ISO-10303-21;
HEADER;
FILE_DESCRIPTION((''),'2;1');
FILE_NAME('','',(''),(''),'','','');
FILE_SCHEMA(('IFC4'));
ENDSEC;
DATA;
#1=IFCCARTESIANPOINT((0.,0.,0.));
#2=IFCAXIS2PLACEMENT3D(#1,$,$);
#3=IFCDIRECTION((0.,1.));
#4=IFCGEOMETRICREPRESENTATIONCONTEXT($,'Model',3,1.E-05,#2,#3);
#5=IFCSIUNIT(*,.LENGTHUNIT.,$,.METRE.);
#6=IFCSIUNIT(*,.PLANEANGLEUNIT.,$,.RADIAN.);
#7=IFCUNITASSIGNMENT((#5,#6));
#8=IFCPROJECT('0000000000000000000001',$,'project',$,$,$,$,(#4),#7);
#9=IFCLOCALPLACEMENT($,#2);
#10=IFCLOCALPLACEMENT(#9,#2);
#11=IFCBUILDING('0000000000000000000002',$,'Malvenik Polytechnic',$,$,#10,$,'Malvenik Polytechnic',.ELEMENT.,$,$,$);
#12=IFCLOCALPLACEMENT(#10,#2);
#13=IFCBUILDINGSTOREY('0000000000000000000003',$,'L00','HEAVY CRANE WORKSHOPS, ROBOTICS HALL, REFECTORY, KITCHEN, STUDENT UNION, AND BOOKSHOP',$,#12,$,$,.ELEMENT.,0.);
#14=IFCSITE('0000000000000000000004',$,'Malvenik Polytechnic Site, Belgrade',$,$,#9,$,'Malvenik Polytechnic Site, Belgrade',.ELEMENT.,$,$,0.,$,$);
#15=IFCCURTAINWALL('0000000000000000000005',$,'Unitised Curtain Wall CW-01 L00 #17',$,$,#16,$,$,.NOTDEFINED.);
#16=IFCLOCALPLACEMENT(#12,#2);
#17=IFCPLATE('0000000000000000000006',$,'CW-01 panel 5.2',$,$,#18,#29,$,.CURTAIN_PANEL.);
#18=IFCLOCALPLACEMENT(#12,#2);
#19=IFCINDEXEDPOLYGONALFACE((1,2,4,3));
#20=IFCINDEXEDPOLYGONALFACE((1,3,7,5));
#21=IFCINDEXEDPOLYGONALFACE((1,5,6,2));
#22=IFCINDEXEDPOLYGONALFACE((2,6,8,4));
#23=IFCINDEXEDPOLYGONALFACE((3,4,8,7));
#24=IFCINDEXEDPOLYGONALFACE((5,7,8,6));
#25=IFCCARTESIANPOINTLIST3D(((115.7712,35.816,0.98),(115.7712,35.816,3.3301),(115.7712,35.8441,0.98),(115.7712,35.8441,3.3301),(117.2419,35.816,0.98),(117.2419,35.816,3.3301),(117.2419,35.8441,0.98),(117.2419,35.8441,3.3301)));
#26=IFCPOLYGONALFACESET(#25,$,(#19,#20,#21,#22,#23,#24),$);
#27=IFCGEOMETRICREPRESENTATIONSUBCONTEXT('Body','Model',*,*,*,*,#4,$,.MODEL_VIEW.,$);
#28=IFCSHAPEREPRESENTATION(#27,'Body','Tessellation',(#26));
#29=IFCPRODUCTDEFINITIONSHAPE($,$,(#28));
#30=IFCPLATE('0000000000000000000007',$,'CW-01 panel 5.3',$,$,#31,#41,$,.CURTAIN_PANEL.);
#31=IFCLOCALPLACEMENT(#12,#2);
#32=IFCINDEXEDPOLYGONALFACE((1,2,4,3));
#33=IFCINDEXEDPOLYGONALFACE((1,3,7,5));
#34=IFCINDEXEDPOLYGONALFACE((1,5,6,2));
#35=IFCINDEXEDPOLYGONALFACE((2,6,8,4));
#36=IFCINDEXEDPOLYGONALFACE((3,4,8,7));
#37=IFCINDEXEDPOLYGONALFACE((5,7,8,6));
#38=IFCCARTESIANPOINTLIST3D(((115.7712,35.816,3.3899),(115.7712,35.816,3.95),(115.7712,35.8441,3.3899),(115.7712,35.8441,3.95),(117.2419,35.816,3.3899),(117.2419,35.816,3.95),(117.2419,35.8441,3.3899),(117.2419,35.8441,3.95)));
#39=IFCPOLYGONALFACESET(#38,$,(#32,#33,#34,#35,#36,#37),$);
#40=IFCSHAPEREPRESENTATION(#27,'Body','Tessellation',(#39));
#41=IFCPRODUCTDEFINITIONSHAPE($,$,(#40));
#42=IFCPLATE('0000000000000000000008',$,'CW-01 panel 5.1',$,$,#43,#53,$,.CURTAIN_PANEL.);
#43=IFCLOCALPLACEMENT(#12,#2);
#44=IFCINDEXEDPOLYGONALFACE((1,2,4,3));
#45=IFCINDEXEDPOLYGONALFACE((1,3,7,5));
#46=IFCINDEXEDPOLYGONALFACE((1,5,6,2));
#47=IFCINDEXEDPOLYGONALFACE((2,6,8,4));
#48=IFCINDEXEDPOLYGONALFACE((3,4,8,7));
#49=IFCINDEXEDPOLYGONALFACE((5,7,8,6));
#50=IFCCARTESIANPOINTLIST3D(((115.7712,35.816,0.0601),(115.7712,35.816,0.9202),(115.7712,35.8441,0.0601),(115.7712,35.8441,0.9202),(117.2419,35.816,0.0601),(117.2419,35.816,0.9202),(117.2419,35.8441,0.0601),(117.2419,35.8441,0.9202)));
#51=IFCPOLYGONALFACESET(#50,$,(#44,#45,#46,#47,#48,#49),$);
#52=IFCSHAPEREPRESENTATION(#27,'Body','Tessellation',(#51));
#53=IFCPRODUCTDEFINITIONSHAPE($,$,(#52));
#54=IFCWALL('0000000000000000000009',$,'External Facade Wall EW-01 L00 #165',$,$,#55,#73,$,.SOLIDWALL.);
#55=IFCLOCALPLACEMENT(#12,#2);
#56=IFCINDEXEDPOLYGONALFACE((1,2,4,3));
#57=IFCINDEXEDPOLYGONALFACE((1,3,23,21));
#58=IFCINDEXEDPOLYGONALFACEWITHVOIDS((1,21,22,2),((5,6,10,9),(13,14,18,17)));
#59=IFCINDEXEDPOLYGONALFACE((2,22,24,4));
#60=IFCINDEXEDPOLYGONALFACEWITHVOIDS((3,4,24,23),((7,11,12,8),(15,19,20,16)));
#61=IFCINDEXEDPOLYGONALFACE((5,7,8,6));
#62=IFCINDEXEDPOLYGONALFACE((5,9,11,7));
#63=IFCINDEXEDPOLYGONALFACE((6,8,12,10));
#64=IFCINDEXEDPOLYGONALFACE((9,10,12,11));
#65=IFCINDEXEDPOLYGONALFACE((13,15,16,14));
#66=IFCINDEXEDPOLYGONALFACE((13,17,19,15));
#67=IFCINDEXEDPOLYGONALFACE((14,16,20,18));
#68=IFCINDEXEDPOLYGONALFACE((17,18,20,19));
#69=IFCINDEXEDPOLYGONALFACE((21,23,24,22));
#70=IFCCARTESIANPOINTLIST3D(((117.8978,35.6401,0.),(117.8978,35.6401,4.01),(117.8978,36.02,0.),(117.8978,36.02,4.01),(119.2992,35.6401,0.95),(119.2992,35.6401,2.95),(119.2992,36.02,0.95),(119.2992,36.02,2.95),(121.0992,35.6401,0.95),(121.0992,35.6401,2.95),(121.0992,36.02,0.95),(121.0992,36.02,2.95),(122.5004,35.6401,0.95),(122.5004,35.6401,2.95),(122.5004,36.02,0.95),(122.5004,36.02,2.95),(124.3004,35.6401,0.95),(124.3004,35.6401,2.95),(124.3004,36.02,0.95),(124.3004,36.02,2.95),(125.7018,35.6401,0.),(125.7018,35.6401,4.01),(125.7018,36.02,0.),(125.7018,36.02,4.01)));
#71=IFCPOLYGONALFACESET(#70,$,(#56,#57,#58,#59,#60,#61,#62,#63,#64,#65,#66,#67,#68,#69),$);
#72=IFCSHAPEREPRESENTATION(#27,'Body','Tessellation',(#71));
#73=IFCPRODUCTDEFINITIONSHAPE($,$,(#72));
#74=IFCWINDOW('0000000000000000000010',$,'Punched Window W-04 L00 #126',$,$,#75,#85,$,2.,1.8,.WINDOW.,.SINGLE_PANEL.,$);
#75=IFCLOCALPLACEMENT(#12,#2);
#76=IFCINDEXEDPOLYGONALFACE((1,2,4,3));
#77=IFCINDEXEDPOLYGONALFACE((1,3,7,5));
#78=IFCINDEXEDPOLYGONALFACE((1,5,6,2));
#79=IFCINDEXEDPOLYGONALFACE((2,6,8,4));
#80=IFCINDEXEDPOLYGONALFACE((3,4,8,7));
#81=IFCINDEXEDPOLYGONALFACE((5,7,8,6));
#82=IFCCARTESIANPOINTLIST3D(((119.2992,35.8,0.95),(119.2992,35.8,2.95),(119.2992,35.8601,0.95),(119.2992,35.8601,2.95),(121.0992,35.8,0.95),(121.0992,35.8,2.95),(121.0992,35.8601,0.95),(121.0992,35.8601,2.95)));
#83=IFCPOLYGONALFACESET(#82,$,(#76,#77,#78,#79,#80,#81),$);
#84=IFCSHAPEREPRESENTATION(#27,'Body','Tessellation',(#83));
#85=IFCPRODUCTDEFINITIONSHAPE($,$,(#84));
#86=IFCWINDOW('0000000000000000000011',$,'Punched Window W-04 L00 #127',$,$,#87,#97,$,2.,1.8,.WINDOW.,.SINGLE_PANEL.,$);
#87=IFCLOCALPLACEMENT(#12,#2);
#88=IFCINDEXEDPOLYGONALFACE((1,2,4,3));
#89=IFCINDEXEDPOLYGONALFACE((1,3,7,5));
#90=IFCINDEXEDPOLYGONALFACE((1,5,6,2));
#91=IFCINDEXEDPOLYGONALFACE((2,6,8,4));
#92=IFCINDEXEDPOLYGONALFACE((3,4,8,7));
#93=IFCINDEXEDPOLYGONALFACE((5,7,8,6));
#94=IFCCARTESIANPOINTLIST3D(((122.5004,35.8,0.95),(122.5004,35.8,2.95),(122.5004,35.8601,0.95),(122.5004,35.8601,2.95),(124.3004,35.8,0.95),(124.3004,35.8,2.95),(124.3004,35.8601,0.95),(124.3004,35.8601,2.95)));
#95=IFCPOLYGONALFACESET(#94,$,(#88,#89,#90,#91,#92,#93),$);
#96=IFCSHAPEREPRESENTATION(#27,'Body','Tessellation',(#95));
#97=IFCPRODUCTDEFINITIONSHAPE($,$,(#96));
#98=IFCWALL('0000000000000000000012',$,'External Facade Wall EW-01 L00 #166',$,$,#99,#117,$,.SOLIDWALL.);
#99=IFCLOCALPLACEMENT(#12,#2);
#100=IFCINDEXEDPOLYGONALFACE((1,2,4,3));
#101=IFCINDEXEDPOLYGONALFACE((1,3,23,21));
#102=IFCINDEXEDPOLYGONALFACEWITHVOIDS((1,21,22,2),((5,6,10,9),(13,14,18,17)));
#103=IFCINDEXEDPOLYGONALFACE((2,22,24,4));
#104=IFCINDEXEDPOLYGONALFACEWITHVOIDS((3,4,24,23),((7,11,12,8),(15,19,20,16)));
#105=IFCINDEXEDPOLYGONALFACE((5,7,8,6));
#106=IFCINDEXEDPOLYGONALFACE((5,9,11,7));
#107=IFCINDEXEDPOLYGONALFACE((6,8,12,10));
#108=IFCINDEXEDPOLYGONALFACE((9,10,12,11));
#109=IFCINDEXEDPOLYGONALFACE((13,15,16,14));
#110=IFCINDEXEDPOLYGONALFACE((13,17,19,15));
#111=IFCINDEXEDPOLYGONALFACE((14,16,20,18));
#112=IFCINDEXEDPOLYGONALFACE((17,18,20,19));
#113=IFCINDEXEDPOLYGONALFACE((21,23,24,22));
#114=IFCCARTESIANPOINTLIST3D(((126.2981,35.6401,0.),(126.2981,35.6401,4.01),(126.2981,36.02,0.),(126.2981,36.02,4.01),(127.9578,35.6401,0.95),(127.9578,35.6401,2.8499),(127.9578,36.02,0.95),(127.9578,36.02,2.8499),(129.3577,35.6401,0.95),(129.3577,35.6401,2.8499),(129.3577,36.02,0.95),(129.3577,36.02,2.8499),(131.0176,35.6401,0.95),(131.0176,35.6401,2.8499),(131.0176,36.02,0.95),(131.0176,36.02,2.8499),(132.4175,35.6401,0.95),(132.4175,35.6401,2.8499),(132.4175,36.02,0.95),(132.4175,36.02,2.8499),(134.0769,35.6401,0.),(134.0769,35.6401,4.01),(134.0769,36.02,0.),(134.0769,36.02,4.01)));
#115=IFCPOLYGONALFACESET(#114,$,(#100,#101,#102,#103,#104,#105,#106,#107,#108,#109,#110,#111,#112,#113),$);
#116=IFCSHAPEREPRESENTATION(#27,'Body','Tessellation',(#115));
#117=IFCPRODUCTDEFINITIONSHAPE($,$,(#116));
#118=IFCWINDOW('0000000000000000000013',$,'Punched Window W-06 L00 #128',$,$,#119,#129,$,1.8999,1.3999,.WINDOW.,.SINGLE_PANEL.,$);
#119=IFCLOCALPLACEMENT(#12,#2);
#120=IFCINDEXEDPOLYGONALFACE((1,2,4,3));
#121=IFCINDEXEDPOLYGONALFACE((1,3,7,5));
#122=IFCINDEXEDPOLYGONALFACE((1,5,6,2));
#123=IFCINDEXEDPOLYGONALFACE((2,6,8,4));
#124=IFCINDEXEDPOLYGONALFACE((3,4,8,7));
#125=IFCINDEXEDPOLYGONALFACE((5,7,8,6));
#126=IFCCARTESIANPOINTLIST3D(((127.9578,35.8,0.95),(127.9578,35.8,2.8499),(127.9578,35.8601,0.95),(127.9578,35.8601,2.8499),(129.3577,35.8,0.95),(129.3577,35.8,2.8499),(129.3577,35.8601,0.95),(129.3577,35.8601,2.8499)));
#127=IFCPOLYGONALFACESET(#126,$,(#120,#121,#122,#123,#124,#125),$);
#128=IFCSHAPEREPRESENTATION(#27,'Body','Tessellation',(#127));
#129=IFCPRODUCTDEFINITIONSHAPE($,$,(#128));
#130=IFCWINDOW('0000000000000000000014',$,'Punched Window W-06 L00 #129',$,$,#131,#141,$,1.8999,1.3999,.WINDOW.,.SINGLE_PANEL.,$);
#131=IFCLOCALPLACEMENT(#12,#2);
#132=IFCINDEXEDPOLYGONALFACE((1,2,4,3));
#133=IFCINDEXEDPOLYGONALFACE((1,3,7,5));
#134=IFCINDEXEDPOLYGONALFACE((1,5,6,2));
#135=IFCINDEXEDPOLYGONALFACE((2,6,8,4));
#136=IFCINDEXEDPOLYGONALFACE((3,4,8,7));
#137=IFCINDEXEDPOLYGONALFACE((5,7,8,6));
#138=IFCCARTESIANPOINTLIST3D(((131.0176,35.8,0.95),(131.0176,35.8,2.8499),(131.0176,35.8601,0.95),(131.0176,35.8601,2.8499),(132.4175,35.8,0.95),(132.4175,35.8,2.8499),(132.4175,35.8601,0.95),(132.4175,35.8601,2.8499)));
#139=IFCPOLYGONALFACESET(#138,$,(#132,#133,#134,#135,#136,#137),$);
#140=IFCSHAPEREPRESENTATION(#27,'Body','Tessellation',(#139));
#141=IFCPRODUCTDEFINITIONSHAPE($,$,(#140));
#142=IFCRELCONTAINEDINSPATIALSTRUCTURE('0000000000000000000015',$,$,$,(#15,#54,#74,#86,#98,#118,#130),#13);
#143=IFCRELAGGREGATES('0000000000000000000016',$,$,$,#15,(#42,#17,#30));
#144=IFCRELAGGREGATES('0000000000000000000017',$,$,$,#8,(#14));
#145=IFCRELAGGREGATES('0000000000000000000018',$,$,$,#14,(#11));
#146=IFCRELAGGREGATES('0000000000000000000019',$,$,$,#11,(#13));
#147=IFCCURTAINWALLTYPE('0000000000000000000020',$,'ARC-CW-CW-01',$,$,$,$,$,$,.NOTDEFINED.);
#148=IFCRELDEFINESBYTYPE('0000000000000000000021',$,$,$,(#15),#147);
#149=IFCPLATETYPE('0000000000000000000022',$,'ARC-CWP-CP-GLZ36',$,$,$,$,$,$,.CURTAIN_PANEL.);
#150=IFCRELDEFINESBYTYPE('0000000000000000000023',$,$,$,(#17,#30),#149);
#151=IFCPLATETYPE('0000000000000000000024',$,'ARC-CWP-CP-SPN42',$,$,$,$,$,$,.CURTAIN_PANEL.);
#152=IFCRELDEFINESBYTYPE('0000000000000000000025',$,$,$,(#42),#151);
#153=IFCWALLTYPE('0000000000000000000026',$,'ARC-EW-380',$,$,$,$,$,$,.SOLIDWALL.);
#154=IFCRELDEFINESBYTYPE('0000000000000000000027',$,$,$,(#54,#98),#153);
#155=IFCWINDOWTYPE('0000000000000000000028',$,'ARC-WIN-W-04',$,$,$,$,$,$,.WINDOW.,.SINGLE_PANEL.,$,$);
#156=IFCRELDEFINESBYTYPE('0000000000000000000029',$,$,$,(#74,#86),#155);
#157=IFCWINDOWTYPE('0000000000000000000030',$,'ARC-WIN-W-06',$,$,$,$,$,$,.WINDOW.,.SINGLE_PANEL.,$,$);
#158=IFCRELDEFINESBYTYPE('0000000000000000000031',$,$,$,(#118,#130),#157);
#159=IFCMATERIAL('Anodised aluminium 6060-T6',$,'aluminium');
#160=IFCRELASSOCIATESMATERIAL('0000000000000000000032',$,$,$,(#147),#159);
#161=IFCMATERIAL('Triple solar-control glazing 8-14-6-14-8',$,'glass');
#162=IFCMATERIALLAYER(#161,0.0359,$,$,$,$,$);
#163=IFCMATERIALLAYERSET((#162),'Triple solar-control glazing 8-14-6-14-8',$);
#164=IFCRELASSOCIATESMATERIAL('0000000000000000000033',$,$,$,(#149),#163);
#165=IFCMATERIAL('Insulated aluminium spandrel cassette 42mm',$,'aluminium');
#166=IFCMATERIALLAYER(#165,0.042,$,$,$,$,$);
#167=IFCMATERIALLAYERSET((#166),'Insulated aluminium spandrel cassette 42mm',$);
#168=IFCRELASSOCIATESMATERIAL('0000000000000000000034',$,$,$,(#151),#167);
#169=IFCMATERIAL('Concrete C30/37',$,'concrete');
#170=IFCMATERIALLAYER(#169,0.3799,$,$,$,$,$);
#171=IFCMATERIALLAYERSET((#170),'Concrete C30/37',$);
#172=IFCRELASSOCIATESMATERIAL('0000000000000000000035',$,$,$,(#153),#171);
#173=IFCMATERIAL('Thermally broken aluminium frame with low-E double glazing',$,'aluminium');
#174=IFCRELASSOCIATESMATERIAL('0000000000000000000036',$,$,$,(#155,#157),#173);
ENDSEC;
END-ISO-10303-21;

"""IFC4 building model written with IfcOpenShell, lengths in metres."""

from ifc_helpers import new_model, si_unit, direction, frame, frame_2d, origin, origin_2d, place, context, subcontext, project, spatial, rectangle, extrude, material, layer, layer_set, type_object, element, fill, aggregate, save


model = new_model("IFC4")

# Units and contexts
model_context = context("Model", 3, precision=1e-05, world=origin(), true_north=direction((0.0, 1.0)))
body_context = subcontext(model_context, "Body", "Model", "MODEL_VIEW")
ifc_project = project(units=[si_unit("LENGTHUNIT", "METRE"), si_unit("PLANEANGLEUNIT", "RADIAN")], contexts=[model_context])

# Site, building, storey
site_placement = place(None, origin())
site = spatial("IfcSite", under=ifc_project, at=site_placement, Name="Malvenik Polytechnic Site, Belgrade", LongName="Malvenik Polytechnic Site, Belgrade", CompositionType="ELEMENT", RefElevation=0.0)
building_placement = place(site_placement, origin())
building = spatial("IfcBuilding", under=site, at=building_placement, Name="Malvenik Polytechnic", LongName="Malvenik Polytechnic", CompositionType="ELEMENT")
storey_placement = place(building_placement, origin())
storey = spatial("IfcBuildingStorey", under=building, at=storey_placement, Name="L00", Description="HEAVY CRANE WORKSHOPS, ROBOTICS HALL, REFECTORY, KITCHEN, STUDENT UNION, AND BOOKSHOP", CompositionType="ELEMENT", Elevation=0.0)

# Curtain wall
ifc_material_1 = material(Name="Anodised aluminium 6060-T6", Category="aluminium")
curtain_wall_type = type_object("IfcCurtainWallType", Name="ARC-CW-CW-01", PredefinedType="NOTDEFINED", material=ifc_material_1)
curtain_wall_placement = place(storey_placement, origin())
curtain_wall = element("IfcCurtainWall", 1, at=curtain_wall_placement, inside=storey, type_object=curtain_wall_type, Name="Unitised Curtain Wall CW-01 L00 #17", PredefinedType="NOTDEFINED")

# Plates
ifc_material_2 = material(Name="Triple solar-control glazing 8-14-6-14-8", Category="glass")
ifc_layer_1 = layer(ifc_material_2, 0.0359)
ifc_layer_set_1 = layer_set([ifc_layer_1], Name="Triple solar-control glazing 8-14-6-14-8")
plate_type_1 = type_object("IfcPlateType", Name="ARC-CWP-CP-GLZ36", PredefinedType="CURTAIN_PANEL", material=ifc_layer_set_1)
plate_1_placement = place(storey_placement, frame((116.5066, 35.8301, 0.98), z_axis=(0.0, 0.0, 1.0), x_axis=(1.0, 0.0, 0.0)))
plate_1 = element("IfcPlate", 2, at=plate_1_placement, type_object=plate_type_1, Name="CW-01 panel 5.2", PredefinedType="CURTAIN_PANEL", context=body_context, shape_type="SweptSolid", body=[
    extrude(rectangle(XDim=1.4707, YDim=0.0281, at=origin_2d()), origin(), (0.0, 0.0, 1.0), 2.3501),
])
plate_2_placement = place(storey_placement, frame((116.5066, 35.8301, 3.3899), z_axis=(0.0, 0.0, 1.0), x_axis=(1.0, 0.0, 0.0)))
plate_2 = element("IfcPlate", 3, at=plate_2_placement, type_object=plate_type_1, Name="CW-01 panel 5.3", PredefinedType="CURTAIN_PANEL", context=body_context, shape_type="SweptSolid", body=[
    extrude(rectangle(XDim=1.4707, YDim=0.0281, at=origin_2d()), origin(), (0.0, 0.0, 1.0), 0.5601),
])
ifc_material_3 = material(Name="Insulated aluminium spandrel cassette 42mm", Category="aluminium")
ifc_layer_2 = layer(ifc_material_3, 0.042)
ifc_layer_set_2 = layer_set([ifc_layer_2], Name="Insulated aluminium spandrel cassette 42mm")
plate_type_2 = type_object("IfcPlateType", Name="ARC-CWP-CP-SPN42", PredefinedType="CURTAIN_PANEL", material=ifc_layer_set_2)
plate_3_placement = place(storey_placement, frame((116.5066, 35.8301, 0.0601), z_axis=(0.0, 0.0, 1.0), x_axis=(1.0, 0.0, 0.0)))
plate_3 = element("IfcPlate", 4, at=plate_3_placement, type_object=plate_type_2, Name="CW-01 panel 5.1", PredefinedType="CURTAIN_PANEL", context=body_context, shape_type="SweptSolid", body=[
    extrude(rectangle(XDim=1.4707, YDim=0.0281, at=origin_2d()), origin(), (0.0, 0.0, 1.0), 0.8601),
])
aggregate(curtain_wall, [plate_3, plate_1, plate_2])

# Walls, openings, windows
ifc_material_4 = material(Name="Concrete C30/37", Category="concrete")
ifc_layer_3 = layer(ifc_material_4, 0.3799)
ifc_layer_set_3 = layer_set([ifc_layer_3], Name="Concrete C30/37")
wall_type = type_object("IfcWallType", Name="ARC-EW-380", PredefinedType="SOLIDWALL", material=ifc_layer_set_3)
wall_1_placement = place(storey_placement, frame((117.8979, 35.8301, 0.0), z_axis=(0.0, 0.0, 1.0), x_axis=(1.0, 0.0, 0.0)))
wall_1 = element("IfcWall", 5, at=wall_1_placement, inside=storey, type_object=wall_type, Name="External Facade Wall EW-01 L00 #165", PredefinedType="SOLIDWALL", context=body_context, shape_type="SweptSolid", body=[
    extrude(rectangle(XDim=7.804, YDim=0.3799, at=frame_2d((3.9019, 0.0))), origin(), (0.0, 0.0, 1.0), 4.01),
])
opening_1_placement = place(wall_1_placement, frame((1.4014, 0.0, 0.95)))
opening_1 = element("IfcOpeningElement", 6, at=opening_1_placement, cuts=wall_1, PredefinedType="OPENING", context=body_context, shape_type="SweptSolid", body=[
    extrude(rectangle(XDim=1.8, YDim=2.0, at=frame_2d((0.8999, 1.0))), frame((0.0, 0.2, 0.0), z_axis=(0.0, -1.0, 0.0), x_axis=(1.0, 0.0, 0.0)), (0.0, 0.0, 1.0), 0.3999),
])
opening_2_placement = place(wall_1_placement, frame((4.6025, 0.0, 0.95)))
opening_2 = element("IfcOpeningElement", 7, at=opening_2_placement, cuts=wall_1, PredefinedType="OPENING", context=body_context, shape_type="SweptSolid", body=[
    extrude(rectangle(XDim=1.8, YDim=2.0, at=frame_2d((0.8999, 1.0))), frame((0.0, 0.2, 0.0), z_axis=(0.0, -1.0, 0.0), x_axis=(1.0, 0.0, 0.0)), (0.0, 0.0, 1.0), 0.3999),
])
ifc_material_5 = material(Name="Thermally broken aluminium frame with low-E double glazing", Category="aluminium")
window_type_1 = type_object("IfcWindowType", Name="ARC-WIN-W-04", PartitioningType="SINGLE_PANEL", PredefinedType="WINDOW", material=ifc_material_5)
window_1_placement = place(opening_1_placement, origin())
window_1 = element("IfcWindow", 8, at=window_1_placement, inside=storey, type_object=window_type_1, Name="Punched Window W-04 L00 #126", OverallHeight=2.0, OverallWidth=1.8, PartitioningType="SINGLE_PANEL", PredefinedType="WINDOW", context=body_context, shape_type="SweptSolid", body=[
    extrude(rectangle(XDim=1.8, YDim=2.0, at=frame_2d((0.8999, 1.0))), frame((0.0, 0.03, 0.0), z_axis=(0.0, -1.0, 0.0), x_axis=(1.0, 0.0, 0.0)), (0.0, 0.0, 1.0), 0.0601),
])
fill(opening_1, window_1)
window_2_placement = place(opening_2_placement, origin())
window_2 = element("IfcWindow", 9, at=window_2_placement, inside=storey, type_object=window_type_1, Name="Punched Window W-04 L00 #127", OverallHeight=2.0, OverallWidth=1.8, PartitioningType="SINGLE_PANEL", PredefinedType="WINDOW", context=body_context, shape_type="SweptSolid", body=[
    extrude(rectangle(XDim=1.8, YDim=2.0, at=frame_2d((0.8999, 1.0))), frame((0.0, 0.03, 0.0), z_axis=(0.0, -1.0, 0.0), x_axis=(1.0, 0.0, 0.0)), (0.0, 0.0, 1.0), 0.0601),
])
fill(opening_2, window_2)
wall_2_placement = place(storey_placement, frame((126.2981, 35.8301, 0.0), z_axis=(0.0, 0.0, 1.0), x_axis=(1.0, 0.0, 0.0)))
wall_2 = element("IfcWall", 10, at=wall_2_placement, inside=storey, type_object=wall_type, Name="External Facade Wall EW-01 L00 #166", PredefinedType="SOLIDWALL", context=body_context, shape_type="SweptSolid", body=[
    extrude(rectangle(XDim=7.7788, YDim=0.3799, at=frame_2d((3.8894, 0.0))), origin(), (0.0, 0.0, 1.0), 4.01),
])
opening_3_placement = place(wall_2_placement, frame((1.6597, 0.0, 0.95)))
opening_3 = element("IfcOpeningElement", 11, at=opening_3_placement, cuts=wall_2, PredefinedType="OPENING", context=body_context, shape_type="SweptSolid", body=[
    extrude(rectangle(XDim=1.3999, YDim=1.8999, at=frame_2d((0.7, 0.95))), frame((0.0, 0.2, 0.0), z_axis=(0.0, -1.0, 0.0), x_axis=(1.0, 0.0, 0.0)), (0.0, 0.0, 1.0), 0.3999),
])
opening_4_placement = place(wall_2_placement, frame((4.7195, 0.0, 0.95)))
opening_4 = element("IfcOpeningElement", 12, at=opening_4_placement, cuts=wall_2, PredefinedType="OPENING", context=body_context, shape_type="SweptSolid", body=[
    extrude(rectangle(XDim=1.3999, YDim=1.8999, at=frame_2d((0.7, 0.95))), frame((0.0, 0.2, 0.0), z_axis=(0.0, -1.0, 0.0), x_axis=(1.0, 0.0, 0.0)), (0.0, 0.0, 1.0), 0.3999),
])
window_type_2 = type_object("IfcWindowType", Name="ARC-WIN-W-06", PartitioningType="SINGLE_PANEL", PredefinedType="WINDOW", material=ifc_material_5)
window_3_placement = place(opening_3_placement, origin())
window_3 = element("IfcWindow", 13, at=window_3_placement, inside=storey, type_object=window_type_2, Name="Punched Window W-06 L00 #128", OverallHeight=1.8999, OverallWidth=1.3999, PartitioningType="SINGLE_PANEL", PredefinedType="WINDOW", context=body_context, shape_type="SweptSolid", body=[
    extrude(rectangle(XDim=1.3999, YDim=1.8999, at=frame_2d((0.7, 0.95))), frame((0.0, 0.03, 0.0), z_axis=(0.0, -1.0, 0.0), x_axis=(1.0, 0.0, 0.0)), (0.0, 0.0, 1.0), 0.0601),
])
fill(opening_3, window_3)
window_4_placement = place(opening_4_placement, origin())
window_4 = element("IfcWindow", 14, at=window_4_placement, inside=storey, type_object=window_type_2, Name="Punched Window W-06 L00 #129", OverallHeight=1.8999, OverallWidth=1.3999, PartitioningType="SINGLE_PANEL", PredefinedType="WINDOW", context=body_context, shape_type="SweptSolid", body=[
    extrude(rectangle(XDim=1.3999, YDim=1.8999, at=frame_2d((0.7, 0.95))), frame((0.0, 0.03, 0.0), z_axis=(0.0, -1.0, 0.0), x_axis=(1.0, 0.0, 0.0)), (0.0, 0.0, 1.0), 0.0601),
])
fill(opening_4, window_4)

save(model, "model.ifc")
